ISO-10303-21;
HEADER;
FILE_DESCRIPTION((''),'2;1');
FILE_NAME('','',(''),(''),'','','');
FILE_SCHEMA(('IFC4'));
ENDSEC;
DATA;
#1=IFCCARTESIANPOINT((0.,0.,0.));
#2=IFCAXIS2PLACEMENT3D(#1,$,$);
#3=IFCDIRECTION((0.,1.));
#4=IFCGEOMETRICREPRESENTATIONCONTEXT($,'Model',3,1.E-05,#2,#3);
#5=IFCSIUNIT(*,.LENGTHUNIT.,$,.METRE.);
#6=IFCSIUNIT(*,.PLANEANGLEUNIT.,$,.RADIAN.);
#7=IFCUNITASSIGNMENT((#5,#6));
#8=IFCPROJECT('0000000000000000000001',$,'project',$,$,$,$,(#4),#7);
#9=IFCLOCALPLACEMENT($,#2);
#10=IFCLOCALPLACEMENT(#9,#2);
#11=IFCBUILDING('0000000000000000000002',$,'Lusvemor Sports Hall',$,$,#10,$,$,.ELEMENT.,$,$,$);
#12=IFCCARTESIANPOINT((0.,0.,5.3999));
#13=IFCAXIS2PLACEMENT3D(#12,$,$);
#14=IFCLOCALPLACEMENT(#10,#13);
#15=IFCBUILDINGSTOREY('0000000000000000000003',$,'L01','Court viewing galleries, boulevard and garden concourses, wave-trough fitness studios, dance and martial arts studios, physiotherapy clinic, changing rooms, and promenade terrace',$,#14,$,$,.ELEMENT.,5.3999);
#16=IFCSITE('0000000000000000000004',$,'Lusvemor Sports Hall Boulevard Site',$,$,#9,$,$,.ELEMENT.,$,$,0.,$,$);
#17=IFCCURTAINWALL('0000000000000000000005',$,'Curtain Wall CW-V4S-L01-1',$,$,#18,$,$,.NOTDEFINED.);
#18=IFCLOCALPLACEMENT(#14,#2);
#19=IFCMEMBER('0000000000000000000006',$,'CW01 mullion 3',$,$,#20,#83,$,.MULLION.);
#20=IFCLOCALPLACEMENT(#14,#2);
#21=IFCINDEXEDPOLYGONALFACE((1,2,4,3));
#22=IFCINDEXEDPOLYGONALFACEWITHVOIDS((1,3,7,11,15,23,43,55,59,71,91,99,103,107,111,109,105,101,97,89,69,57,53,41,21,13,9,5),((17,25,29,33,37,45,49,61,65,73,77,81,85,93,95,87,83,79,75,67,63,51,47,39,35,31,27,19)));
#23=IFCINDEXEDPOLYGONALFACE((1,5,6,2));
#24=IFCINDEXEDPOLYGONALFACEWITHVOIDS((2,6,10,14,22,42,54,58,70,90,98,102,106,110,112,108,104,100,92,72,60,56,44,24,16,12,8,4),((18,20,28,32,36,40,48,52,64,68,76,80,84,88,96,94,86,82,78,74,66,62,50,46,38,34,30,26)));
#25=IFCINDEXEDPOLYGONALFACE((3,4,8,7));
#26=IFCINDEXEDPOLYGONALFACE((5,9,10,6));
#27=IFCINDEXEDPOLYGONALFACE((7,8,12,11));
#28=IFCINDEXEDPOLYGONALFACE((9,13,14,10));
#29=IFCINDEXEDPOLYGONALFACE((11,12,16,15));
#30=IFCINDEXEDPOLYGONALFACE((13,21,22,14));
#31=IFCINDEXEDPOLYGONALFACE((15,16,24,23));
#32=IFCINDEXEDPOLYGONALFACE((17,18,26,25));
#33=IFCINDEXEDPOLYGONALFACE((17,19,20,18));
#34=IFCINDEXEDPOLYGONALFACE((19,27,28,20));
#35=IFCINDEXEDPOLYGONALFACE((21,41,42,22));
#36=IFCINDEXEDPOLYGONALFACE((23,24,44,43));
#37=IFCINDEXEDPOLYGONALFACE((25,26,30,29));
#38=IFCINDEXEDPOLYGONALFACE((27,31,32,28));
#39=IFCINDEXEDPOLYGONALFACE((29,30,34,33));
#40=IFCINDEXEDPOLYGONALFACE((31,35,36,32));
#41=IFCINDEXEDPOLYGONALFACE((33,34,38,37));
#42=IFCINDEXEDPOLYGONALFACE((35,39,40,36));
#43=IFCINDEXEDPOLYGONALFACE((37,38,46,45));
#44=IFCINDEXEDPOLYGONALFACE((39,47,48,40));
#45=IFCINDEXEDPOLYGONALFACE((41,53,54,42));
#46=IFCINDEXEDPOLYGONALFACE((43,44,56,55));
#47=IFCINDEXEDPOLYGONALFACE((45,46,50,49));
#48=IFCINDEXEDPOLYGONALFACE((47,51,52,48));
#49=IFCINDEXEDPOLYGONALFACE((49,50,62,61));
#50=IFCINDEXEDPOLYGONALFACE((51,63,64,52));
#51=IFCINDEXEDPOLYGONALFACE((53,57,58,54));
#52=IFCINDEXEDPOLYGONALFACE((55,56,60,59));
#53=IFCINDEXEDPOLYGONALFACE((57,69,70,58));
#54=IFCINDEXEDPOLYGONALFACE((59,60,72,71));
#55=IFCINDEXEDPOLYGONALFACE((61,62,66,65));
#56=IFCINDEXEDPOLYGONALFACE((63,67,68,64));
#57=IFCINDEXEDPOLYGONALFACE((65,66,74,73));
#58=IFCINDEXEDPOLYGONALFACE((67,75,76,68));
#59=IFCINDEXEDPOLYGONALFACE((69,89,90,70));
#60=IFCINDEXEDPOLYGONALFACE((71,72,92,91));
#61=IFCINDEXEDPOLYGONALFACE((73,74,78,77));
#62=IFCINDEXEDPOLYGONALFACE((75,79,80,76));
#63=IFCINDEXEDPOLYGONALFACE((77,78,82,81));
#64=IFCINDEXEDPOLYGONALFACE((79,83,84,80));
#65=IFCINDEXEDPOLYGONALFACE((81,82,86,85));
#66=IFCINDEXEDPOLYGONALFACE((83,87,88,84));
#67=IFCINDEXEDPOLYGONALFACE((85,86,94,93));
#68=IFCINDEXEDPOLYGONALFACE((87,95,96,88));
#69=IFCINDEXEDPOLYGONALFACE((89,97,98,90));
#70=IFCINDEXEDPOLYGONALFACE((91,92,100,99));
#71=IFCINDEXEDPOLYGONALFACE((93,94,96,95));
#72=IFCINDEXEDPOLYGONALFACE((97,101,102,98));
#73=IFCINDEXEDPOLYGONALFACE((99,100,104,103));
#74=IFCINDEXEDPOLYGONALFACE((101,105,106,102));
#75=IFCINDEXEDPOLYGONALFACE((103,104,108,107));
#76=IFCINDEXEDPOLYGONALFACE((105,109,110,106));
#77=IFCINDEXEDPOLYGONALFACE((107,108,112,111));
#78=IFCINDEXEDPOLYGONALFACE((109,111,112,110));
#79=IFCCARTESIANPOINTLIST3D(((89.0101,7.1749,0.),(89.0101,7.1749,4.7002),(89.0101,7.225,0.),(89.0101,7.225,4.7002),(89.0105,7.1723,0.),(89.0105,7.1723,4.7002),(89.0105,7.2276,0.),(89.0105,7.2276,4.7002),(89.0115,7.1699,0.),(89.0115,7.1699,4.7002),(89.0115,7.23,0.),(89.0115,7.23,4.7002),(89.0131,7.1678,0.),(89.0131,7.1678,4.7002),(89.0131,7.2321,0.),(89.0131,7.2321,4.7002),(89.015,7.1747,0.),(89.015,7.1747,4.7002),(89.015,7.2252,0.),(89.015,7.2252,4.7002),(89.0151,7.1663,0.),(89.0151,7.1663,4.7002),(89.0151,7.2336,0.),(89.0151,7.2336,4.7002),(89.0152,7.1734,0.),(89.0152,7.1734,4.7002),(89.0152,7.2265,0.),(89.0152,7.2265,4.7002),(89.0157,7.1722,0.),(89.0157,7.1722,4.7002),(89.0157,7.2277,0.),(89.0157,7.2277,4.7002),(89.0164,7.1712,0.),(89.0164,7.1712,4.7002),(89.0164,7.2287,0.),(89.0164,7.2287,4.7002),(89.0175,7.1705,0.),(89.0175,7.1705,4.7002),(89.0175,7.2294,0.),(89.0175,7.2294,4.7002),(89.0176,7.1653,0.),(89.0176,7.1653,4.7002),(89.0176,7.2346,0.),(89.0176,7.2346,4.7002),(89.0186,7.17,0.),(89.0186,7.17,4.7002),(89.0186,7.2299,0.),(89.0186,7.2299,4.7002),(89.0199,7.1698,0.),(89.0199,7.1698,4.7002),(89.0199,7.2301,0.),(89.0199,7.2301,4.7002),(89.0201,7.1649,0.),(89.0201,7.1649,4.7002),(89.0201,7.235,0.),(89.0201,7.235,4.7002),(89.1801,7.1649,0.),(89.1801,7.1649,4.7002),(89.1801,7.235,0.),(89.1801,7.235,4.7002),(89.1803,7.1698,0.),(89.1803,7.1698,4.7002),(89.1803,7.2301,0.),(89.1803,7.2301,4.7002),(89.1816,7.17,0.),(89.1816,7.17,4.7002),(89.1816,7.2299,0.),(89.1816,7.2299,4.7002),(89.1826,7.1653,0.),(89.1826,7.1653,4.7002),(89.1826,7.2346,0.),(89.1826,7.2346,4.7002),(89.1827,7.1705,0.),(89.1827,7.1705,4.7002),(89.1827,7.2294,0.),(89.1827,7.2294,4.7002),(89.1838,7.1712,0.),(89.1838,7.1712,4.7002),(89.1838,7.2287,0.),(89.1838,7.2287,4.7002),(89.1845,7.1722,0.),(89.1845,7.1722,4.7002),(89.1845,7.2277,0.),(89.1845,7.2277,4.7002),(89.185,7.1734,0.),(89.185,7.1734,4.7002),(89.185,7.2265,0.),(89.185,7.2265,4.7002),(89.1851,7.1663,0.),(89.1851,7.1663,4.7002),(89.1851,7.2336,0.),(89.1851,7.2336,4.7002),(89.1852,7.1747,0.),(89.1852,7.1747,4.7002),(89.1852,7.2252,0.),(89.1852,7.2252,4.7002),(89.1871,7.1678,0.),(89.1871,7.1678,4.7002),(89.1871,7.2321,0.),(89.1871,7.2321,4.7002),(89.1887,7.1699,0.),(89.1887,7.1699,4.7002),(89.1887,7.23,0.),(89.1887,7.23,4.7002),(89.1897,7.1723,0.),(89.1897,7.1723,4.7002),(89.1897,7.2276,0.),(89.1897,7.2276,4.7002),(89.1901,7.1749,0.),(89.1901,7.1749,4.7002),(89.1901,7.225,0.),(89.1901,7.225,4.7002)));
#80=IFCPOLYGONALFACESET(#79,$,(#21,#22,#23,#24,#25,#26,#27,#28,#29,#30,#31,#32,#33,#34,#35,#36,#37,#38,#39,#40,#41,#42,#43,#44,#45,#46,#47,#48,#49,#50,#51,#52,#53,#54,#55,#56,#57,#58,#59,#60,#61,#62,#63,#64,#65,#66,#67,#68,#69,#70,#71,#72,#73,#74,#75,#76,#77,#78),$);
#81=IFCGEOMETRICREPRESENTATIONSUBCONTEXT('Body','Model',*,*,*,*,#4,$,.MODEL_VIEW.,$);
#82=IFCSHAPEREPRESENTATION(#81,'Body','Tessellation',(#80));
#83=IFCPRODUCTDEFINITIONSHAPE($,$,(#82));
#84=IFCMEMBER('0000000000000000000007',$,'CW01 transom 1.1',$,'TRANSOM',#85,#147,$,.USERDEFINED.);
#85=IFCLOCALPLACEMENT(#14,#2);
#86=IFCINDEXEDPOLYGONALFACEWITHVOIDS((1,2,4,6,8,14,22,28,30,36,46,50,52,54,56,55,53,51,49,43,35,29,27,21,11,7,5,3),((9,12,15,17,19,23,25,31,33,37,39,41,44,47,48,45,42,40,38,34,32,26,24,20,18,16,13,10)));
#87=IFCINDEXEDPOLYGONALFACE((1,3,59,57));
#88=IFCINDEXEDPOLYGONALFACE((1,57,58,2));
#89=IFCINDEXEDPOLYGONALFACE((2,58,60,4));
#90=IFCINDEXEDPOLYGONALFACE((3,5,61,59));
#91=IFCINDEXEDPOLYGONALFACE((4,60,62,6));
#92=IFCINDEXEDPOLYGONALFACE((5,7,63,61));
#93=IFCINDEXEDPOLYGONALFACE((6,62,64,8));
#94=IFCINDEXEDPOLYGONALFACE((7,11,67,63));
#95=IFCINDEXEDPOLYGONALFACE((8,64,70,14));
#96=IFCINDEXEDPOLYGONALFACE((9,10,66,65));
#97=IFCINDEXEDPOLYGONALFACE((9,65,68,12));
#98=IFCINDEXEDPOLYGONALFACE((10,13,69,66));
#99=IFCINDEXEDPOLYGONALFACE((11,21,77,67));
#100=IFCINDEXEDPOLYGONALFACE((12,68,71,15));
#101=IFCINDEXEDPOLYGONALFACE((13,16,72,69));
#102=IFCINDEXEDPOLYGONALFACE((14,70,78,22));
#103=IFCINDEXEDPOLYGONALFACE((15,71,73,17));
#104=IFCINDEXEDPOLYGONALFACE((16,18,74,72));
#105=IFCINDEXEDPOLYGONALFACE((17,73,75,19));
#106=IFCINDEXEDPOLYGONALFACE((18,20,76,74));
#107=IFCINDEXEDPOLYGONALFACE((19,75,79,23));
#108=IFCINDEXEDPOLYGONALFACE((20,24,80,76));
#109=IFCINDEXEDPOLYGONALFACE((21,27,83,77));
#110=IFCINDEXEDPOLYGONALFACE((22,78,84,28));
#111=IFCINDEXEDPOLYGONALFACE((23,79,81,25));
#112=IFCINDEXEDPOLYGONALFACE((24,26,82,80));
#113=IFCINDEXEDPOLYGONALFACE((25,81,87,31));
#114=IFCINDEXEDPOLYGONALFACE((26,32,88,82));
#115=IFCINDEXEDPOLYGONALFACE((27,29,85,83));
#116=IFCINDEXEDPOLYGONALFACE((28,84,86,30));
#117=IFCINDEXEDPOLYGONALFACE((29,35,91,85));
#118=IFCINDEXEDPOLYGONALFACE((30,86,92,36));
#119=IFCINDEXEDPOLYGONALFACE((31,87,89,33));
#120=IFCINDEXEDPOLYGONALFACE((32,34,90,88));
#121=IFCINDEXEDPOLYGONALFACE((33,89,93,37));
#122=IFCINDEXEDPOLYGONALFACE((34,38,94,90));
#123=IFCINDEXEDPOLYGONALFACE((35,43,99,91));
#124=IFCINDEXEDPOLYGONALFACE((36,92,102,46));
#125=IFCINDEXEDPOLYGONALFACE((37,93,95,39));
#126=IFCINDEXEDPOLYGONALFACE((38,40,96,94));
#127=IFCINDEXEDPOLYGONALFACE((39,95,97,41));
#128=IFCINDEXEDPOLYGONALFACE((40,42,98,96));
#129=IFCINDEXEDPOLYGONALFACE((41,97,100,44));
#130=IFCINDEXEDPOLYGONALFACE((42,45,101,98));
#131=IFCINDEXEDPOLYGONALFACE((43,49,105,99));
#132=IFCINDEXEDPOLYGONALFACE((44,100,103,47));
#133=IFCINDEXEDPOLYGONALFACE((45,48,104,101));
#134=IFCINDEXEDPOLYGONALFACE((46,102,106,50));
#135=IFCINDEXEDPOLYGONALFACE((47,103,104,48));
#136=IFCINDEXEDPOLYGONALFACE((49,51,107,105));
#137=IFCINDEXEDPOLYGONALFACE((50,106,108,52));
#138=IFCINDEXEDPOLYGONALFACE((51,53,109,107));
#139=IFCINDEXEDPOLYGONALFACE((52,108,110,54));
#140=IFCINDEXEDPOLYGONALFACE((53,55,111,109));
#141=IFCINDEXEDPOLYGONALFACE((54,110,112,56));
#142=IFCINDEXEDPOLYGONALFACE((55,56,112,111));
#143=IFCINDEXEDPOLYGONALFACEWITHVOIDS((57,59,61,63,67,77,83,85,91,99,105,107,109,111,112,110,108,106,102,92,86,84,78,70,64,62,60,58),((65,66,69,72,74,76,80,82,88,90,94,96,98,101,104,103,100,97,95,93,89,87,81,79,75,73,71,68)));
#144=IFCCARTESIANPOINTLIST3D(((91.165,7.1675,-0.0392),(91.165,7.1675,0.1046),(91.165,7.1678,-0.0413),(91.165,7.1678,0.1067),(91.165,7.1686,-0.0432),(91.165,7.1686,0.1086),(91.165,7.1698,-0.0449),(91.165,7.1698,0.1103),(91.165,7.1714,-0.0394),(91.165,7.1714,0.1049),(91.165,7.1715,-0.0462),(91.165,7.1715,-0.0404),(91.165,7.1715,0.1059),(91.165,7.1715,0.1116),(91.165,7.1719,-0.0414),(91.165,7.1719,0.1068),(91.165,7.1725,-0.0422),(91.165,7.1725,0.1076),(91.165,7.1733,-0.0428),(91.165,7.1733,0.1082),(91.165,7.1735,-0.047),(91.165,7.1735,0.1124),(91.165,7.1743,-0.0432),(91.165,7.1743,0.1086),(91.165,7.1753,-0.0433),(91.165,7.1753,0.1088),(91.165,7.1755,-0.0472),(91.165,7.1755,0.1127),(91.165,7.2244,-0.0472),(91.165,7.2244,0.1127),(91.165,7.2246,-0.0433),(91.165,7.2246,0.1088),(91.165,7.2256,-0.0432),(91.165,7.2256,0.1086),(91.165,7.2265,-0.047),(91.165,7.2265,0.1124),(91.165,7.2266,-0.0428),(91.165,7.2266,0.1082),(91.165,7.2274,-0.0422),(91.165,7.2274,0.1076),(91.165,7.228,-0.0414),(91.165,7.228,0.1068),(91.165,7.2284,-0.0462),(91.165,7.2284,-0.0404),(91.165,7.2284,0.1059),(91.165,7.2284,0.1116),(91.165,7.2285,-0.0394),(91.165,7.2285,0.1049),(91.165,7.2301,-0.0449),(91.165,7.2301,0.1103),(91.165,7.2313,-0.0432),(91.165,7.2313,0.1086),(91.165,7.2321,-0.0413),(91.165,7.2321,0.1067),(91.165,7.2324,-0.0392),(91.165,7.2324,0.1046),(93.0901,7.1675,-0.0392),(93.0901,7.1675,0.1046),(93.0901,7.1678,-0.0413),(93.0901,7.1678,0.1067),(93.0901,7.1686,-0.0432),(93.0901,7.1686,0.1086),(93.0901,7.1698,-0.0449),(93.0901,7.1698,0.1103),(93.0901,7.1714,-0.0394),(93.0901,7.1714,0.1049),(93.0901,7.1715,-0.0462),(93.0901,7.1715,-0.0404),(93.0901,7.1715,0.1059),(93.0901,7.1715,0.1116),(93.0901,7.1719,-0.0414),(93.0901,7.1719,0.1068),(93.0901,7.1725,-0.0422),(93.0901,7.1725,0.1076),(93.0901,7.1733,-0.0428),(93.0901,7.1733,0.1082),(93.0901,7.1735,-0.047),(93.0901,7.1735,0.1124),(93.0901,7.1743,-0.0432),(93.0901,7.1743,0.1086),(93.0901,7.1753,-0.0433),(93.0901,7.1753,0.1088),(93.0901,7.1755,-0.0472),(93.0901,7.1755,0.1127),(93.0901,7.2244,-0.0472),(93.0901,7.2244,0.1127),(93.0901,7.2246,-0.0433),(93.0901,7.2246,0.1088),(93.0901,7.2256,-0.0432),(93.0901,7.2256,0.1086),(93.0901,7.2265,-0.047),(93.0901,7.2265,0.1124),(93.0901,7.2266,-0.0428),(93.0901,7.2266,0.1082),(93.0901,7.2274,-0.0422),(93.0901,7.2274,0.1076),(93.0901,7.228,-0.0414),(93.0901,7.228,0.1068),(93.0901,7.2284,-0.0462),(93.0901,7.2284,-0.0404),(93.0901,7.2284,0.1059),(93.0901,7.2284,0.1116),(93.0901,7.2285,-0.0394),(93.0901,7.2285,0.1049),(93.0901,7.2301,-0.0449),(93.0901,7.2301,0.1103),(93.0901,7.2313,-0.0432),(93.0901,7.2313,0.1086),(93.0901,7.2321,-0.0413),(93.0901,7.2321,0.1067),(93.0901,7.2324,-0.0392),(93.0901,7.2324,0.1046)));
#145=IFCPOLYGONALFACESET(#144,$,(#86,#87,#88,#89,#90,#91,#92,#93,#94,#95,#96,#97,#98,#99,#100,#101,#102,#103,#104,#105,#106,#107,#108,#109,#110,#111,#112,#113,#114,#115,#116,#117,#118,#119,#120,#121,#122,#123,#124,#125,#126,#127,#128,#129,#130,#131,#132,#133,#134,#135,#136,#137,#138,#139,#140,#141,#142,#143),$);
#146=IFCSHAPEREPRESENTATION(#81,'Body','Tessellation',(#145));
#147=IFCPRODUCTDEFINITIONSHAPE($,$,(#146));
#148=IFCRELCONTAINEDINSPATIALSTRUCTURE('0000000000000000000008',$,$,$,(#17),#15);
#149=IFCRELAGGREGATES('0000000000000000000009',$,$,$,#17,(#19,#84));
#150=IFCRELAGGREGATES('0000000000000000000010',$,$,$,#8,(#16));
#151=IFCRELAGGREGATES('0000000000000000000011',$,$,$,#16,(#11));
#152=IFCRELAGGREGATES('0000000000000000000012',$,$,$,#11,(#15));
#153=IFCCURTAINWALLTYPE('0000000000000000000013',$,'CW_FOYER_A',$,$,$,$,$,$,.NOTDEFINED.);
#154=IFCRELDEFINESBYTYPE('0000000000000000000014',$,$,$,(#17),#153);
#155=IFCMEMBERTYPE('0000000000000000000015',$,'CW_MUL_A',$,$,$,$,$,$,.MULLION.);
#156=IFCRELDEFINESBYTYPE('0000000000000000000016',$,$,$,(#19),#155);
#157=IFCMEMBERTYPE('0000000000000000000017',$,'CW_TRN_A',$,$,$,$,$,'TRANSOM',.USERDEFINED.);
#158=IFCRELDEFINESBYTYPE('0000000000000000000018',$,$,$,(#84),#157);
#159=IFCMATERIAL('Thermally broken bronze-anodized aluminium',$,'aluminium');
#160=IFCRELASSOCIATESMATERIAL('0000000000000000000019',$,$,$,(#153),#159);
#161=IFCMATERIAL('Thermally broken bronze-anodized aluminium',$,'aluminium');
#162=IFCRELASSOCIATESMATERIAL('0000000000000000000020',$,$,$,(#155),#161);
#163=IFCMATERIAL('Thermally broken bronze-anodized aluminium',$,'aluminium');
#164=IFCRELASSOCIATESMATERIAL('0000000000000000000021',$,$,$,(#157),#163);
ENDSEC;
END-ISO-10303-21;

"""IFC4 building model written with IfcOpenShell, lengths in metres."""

from ifc_helpers import new_model, si_unit, direction, frame, origin, origin_2d, place, context, subcontext, project, spatial, hollow_rectangle, extrude, material, material_profile, profile_set, type_object, element, aggregate, save


model = new_model("IFC4")

# Units and contexts
model_context = context("Model", 3, precision=1e-05, world=origin(), true_north=direction((0.0, 1.0)))
body_context = subcontext(model_context, "Body", "Model", "MODEL_VIEW")
ifc_project = project(units=[si_unit("LENGTHUNIT", "METRE"), si_unit("PLANEANGLEUNIT", "RADIAN")], contexts=[model_context])

# Site, building, storey
site_placement = place(None, origin())
site = spatial("IfcSite", under=ifc_project, at=site_placement, Name="Lusvemor Sports Hall Boulevard Site", CompositionType="ELEMENT", RefElevation=0.0)
building_placement = place(site_placement, origin())
building = spatial("IfcBuilding", under=site, at=building_placement, Name="Lusvemor Sports Hall", CompositionType="ELEMENT")
storey_placement = place(building_placement, frame((0.0, 0.0, 5.3999)))
storey = spatial("IfcBuildingStorey", under=building, at=storey_placement, Name="L01", Description="Court viewing galleries, boulevard and garden concourses, wave-trough fitness studios, dance and martial arts studios, physiotherapy clinic, changing rooms, and promenade terrace", CompositionType="ELEMENT", Elevation=5.3999)

# Curtain wall, members
ifc_material_1 = material(Name="Thermally broken bronze-anodized aluminium", Category="aluminium")
curtain_wall_type = type_object("IfcCurtainWallType", Name="CW_FOYER_A", PredefinedType="NOTDEFINED", material=ifc_material_1)
curtain_wall_placement = place(storey_placement, origin())
curtain_wall = element("IfcCurtainWall", 1, at=curtain_wall_placement, inside=storey, type_object=curtain_wall_type, Name="Curtain Wall CW-V4S-L01-1", PredefinedType="NOTDEFINED")
ifc_material_2 = material(Name="Thermally broken bronze-anodized aluminium", Category="aluminium")
ifc_material_profile_1 = material_profile(ifc_material_2, hollow_rectangle(XDim=0.0701, YDim=0.1799, WallThickness=0.0049, InnerFilletRadius=0.0049, OuterFilletRadius=0.01, at=origin_2d()), Name="CWMUL180x70x5")
ifc_profile_set_1 = profile_set([ifc_material_profile_1], Name="Thermally broken bronze-anodized aluminium")
member_type_1 = type_object("IfcMemberType", Name="CW_MUL_A", PredefinedType="MULLION", material=ifc_profile_set_1)
member_1_placement = place(storey_placement, frame((89.1001, 7.2, 0.0), z_axis=(0.0, 0.0, 1.0), x_axis=(0.0, -1.0, 0.0)))
member_1 = element("IfcMember", 2, at=member_1_placement, type_object=member_type_1, Name="CW01 mullion 3", PredefinedType="MULLION", context=body_context, shape_type="SweptSolid", body=[
    extrude(hollow_rectangle(XDim=0.0701, YDim=0.1799, WallThickness=0.0049, InnerFilletRadius=0.0049, OuterFilletRadius=0.01, at=origin_2d()), origin(), (0.0, 0.0, 1.0), 4.7002),
])
ifc_material_3 = material(Name="Thermally broken bronze-anodized aluminium", Category="aluminium")
ifc_material_profile_2 = material_profile(ifc_material_3, hollow_rectangle(XDim=0.0649, YDim=0.1599, WallThickness=0.0039, InnerFilletRadius=0.0039, OuterFilletRadius=0.0081, at=origin_2d()), Name="CWTRN160x65x4")
ifc_profile_set_2 = profile_set([ifc_material_profile_2], Name="Thermally broken bronze-anodized aluminium")
member_type_2 = type_object("IfcMemberType", Name="CW_TRN_A", ElementType="TRANSOM", PredefinedType="USERDEFINED", material=ifc_profile_set_2)
member_2_placement = place(storey_placement, frame((93.0901, 7.2, 0.0327), z_axis=(-1.0, 0.0, 0.0), x_axis=(0.0, -1.0, 0.0)))
member_2 = element("IfcMember", 3, at=member_2_placement, type_object=member_type_2, Name="CW01 transom 1.1", ObjectType="TRANSOM", PredefinedType="USERDEFINED", context=body_context, shape_type="SweptSolid", body=[
    extrude(hollow_rectangle(XDim=0.0649, YDim=0.1599, WallThickness=0.0039, InnerFilletRadius=0.0039, OuterFilletRadius=0.0081, at=origin_2d()), origin(), (0.0, 0.0, 1.0), 1.925),
])

aggregate(curtain_wall, [member_1, member_2])

save(model, "model.ifc")
